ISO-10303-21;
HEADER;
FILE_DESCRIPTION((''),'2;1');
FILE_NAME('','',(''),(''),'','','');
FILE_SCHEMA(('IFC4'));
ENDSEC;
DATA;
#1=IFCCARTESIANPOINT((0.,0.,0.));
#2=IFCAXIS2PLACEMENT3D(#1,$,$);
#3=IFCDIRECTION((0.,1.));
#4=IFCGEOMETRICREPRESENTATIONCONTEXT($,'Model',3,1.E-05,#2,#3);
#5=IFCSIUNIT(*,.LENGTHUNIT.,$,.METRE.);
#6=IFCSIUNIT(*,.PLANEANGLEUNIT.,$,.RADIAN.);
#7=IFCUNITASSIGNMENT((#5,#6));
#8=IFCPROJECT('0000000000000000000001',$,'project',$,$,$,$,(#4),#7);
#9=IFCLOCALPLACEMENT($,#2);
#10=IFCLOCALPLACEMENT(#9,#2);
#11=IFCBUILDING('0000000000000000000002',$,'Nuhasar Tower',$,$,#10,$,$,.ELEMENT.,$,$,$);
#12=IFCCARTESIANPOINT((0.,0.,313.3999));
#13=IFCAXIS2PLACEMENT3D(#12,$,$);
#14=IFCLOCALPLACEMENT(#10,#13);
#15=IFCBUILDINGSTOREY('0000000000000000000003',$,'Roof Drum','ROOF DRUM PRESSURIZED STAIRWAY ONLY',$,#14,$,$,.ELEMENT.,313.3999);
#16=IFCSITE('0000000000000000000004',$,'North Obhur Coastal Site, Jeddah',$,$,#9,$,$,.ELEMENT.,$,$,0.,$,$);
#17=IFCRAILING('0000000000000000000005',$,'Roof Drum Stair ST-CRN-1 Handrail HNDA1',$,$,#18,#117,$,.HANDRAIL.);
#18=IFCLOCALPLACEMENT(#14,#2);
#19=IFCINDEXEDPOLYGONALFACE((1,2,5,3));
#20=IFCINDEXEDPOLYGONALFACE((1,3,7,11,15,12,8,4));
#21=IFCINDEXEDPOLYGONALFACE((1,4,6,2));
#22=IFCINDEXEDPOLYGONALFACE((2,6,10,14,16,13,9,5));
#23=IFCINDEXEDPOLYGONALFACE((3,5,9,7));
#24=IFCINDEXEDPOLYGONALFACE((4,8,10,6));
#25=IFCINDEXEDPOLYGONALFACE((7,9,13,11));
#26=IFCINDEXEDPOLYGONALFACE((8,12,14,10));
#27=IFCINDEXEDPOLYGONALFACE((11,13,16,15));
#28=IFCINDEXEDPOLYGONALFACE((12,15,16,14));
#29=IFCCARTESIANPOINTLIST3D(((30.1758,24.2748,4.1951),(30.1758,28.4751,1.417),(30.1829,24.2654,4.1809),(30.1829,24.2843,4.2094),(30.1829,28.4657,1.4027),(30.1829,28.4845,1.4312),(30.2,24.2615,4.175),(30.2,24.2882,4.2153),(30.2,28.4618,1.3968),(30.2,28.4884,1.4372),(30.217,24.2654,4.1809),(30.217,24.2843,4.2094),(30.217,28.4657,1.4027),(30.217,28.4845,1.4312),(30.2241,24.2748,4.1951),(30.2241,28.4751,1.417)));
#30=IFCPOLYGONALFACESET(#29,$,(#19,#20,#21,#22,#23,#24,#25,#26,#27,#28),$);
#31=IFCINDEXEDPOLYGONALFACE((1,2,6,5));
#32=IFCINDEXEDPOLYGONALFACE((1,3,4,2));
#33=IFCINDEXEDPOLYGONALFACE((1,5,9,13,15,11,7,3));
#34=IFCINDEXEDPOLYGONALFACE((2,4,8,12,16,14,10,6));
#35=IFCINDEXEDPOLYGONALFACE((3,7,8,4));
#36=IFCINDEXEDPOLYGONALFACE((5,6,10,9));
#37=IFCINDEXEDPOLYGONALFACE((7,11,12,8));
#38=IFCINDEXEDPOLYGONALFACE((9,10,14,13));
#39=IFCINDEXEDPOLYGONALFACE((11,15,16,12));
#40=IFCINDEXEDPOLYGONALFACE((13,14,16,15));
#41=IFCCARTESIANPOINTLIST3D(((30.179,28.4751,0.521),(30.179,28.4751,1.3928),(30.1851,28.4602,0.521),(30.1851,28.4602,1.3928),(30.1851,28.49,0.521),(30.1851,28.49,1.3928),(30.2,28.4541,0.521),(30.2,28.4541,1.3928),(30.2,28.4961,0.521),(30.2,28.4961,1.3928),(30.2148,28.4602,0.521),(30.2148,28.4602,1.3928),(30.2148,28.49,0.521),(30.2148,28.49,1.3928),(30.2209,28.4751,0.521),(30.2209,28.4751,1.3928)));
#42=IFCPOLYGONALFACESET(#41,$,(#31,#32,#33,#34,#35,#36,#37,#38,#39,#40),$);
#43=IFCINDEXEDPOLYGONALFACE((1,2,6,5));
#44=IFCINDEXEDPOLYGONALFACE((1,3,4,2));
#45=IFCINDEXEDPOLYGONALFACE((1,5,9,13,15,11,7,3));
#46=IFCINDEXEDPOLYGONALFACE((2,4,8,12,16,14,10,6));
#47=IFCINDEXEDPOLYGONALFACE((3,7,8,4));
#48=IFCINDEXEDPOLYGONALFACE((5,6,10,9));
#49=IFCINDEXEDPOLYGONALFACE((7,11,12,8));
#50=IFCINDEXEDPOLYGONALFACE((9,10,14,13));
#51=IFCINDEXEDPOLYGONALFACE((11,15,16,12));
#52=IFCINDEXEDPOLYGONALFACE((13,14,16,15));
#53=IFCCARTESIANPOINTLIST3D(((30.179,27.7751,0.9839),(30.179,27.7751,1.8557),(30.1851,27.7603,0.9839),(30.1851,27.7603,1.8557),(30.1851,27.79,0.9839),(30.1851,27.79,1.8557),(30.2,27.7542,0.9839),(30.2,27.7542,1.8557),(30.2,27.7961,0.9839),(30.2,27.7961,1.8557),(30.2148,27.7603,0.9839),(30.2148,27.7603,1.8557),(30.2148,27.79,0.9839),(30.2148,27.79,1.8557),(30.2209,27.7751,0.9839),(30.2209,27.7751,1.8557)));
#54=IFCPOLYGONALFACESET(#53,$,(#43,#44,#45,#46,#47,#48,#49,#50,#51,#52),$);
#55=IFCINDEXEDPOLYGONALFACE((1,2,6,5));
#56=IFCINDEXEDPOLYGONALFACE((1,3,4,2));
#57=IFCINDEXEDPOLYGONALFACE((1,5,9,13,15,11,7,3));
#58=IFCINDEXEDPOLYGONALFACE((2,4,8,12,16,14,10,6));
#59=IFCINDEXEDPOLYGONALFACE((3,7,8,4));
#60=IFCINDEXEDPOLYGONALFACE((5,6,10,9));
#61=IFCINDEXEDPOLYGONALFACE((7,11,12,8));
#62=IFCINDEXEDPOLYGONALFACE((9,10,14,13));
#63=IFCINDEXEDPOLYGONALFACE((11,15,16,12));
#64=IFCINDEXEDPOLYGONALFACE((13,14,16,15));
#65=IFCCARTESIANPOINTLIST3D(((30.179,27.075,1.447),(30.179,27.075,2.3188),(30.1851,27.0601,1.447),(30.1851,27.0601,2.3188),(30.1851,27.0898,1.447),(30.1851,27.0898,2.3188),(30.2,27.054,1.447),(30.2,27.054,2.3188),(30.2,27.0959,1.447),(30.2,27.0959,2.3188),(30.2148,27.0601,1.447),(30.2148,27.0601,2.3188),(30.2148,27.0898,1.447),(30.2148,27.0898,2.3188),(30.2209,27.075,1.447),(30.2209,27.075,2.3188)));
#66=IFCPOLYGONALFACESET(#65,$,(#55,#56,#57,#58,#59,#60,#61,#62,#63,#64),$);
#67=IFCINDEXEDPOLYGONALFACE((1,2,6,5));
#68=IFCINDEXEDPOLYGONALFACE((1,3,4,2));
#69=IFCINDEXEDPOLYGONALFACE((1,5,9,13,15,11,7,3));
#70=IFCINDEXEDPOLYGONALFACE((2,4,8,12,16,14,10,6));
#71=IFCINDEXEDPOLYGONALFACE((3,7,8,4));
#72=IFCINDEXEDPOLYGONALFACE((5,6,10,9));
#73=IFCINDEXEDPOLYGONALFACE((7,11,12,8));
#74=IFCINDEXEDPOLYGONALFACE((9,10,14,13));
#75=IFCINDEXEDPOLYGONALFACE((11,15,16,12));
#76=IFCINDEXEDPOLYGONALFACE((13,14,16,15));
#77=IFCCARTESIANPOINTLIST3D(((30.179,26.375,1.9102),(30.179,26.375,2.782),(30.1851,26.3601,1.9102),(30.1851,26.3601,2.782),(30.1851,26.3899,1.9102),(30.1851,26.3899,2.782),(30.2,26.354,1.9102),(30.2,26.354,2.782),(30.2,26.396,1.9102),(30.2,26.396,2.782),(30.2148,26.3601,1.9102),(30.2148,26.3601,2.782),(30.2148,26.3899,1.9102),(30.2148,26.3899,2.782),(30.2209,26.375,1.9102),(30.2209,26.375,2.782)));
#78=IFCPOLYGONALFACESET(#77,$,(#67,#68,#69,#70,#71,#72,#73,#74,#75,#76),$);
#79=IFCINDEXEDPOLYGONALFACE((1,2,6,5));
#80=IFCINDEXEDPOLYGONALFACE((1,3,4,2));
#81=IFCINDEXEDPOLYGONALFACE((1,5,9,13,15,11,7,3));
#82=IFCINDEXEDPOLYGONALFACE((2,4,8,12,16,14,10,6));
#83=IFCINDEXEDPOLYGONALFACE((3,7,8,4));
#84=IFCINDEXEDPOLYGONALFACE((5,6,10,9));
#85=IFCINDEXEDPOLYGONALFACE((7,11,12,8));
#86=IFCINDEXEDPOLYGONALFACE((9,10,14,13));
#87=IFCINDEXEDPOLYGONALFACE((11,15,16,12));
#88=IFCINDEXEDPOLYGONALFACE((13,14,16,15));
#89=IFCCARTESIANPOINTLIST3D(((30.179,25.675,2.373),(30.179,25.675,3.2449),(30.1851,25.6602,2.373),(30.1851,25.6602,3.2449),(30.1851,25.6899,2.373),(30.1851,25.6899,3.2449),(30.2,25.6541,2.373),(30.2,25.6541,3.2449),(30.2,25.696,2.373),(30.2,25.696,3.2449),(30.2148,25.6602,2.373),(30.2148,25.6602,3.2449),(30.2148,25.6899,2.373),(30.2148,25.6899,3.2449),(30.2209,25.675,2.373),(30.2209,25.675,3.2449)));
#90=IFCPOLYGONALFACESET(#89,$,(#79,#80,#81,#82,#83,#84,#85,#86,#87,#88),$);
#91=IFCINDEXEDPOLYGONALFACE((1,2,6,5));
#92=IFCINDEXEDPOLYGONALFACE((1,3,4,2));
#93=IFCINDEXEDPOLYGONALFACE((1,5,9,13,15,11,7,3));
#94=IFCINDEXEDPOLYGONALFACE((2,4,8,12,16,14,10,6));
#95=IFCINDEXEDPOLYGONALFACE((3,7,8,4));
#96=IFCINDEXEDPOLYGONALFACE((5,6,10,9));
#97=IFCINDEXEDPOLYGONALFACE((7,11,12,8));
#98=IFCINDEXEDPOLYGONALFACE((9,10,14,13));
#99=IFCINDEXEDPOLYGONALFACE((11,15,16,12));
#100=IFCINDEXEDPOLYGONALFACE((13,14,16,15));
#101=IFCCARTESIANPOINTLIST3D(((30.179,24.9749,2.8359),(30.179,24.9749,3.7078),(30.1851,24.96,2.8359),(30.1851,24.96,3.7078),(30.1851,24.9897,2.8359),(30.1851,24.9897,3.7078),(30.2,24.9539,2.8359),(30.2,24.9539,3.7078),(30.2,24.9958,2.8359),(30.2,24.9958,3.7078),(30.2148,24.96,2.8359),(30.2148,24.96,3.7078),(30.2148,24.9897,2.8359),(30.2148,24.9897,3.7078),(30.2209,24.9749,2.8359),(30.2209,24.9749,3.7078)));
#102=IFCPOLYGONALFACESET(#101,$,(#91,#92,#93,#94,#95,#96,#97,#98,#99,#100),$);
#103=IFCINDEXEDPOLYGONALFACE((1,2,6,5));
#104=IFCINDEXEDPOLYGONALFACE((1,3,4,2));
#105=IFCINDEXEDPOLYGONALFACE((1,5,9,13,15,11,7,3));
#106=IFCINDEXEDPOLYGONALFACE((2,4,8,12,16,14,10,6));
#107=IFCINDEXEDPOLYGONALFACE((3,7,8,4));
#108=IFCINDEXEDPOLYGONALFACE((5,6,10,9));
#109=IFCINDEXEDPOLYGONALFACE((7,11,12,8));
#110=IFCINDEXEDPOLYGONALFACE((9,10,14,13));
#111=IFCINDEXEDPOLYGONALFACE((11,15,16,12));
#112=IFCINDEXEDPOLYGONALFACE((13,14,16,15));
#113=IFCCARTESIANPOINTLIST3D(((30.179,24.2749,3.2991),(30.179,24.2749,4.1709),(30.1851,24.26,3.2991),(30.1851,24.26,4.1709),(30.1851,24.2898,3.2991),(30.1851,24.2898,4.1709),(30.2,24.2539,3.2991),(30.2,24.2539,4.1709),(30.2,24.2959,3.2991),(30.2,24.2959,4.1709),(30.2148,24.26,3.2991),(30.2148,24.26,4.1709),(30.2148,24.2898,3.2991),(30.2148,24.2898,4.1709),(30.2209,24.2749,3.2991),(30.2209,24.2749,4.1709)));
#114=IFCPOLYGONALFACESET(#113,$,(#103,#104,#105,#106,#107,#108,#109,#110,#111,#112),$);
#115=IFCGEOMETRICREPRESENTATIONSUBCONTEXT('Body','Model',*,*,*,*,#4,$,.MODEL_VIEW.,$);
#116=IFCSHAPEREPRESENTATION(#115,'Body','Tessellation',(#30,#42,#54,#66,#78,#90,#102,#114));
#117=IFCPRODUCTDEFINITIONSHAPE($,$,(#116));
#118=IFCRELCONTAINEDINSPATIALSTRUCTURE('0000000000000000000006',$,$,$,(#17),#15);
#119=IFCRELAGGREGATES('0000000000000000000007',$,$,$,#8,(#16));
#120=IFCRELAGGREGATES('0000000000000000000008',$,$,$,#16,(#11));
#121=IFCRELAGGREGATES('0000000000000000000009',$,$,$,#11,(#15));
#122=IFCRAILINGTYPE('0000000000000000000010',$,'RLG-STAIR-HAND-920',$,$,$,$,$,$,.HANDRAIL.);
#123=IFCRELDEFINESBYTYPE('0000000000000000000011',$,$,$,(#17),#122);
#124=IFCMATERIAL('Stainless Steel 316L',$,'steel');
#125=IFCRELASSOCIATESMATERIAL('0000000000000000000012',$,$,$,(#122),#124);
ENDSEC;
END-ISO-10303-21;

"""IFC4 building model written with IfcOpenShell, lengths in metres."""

from ifc_helpers import new_model, si_unit, direction, frame, origin, place, context, subcontext, project, spatial, polyline, outline, extrude, material, type_object, element, save


model = new_model("IFC4")

# Units and contexts
model_context = context("Model", 3, precision=1e-05, world=origin(), true_north=direction((0.0, 1.0)))
body_context = subcontext(model_context, "Body", "Model", "MODEL_VIEW")
ifc_project = project(units=[si_unit("LENGTHUNIT", "METRE"), si_unit("PLANEANGLEUNIT", "RADIAN")], contexts=[model_context])

# Site, building, storey
site_placement = place(None, origin())
site = spatial("IfcSite", under=ifc_project, at=site_placement, Name="North Obhur Coastal Site, Jeddah", CompositionType="ELEMENT", RefElevation=0.0)
building_placement = place(site_placement, origin())
building = spatial("IfcBuilding", under=site, at=building_placement, Name="Nuhasar Tower", CompositionType="ELEMENT")
storey_placement = place(building_placement, frame((0.0, 0.0, 313.3999)))
storey = spatial("IfcBuildingStorey", under=building, at=storey_placement, Name="Roof Drum", Description="ROOF DRUM PRESSURIZED STAIRWAY ONLY", CompositionType="ELEMENT", Elevation=313.3999)

# Railing
ifc_material_1 = material(Name="Stainless Steel 316L", Category="steel")
railing_type_1 = type_object("IfcRailingType", Name="RLG-STAIR-HAND-920", PredefinedType="HANDRAIL", material=ifc_material_1)
railing_1_placement = place(storey_placement, frame((30.2, 28.4751, 0.521)))
element("IfcRailing", 1, at=railing_1_placement, inside=storey, type_object=railing_type_1, Name="Roof Drum Stair ST-CRN-1 Handrail HNDA1", PredefinedType="HANDRAIL", context=body_context, shape_type="SweptSolid", body=[
    extrude(outline(polyline([(0.0242, 0.0), (0.0171, 0.0171), (0.0, 0.0242), (-0.0171, 0.0171), (-0.0242, 0.0), (-0.0171, -0.0171), (0.0, -0.0242), (0.0171, -0.0171), (0.0242, 0.0)])), frame((0.0, 0.0, 0.896), z_axis=(0.0, -0.834066, 0.551665), x_axis=(1.0, 0.0, 0.0)), (0.0, 0.0, 1.0), 5.0359),
    extrude(outline(polyline([(0.021, 0.0), (0.0149, 0.0149), (0.0, 0.021), (-0.0149, 0.0149), (-0.021, 0.0), (-0.0149, -0.0149), (0.0, -0.021), (0.0149, -0.0149), (0.021, 0.0)])), origin(), (0.0, 0.0, 1.0), 0.8718),
    extrude(outline(polyline([(0.021, 0.0), (0.0149, 0.0149), (0.0, 0.021), (-0.0149, 0.0149), (-0.021, 0.0), (-0.0149, -0.0149), (0.0, -0.021), (0.0149, -0.0149), (0.021, 0.0)])), frame((0.0, -0.7, 0.4629)), (0.0, 0.0, 1.0), 0.8718),
    extrude(outline(polyline([(0.021, 0.0), (0.0149, 0.0149), (0.0, 0.021), (-0.0149, 0.0149), (-0.021, 0.0), (-0.0149, -0.0149), (0.0, -0.021), (0.0149, -0.0149), (0.021, 0.0)])), frame((0.0, -1.4001, 0.926)), (0.0, 0.0, 1.0), 0.8718),
    extrude(outline(polyline([(0.021, 0.0), (0.0149, 0.0149), (0.0, 0.021), (-0.0149, 0.0149), (-0.021, 0.0), (-0.0149, -0.0149), (0.0, -0.021), (0.0149, -0.0149), (0.021, 0.0)])), frame((0.0, -2.1001, 1.3892)), (0.0, 0.0, 1.0), 0.8718),
    extrude(outline(polyline([(0.021, 0.0), (0.0149, 0.0149), (0.0, 0.021), (-0.0149, 0.0149), (-0.021, 0.0), (-0.0149, -0.0149), (0.0, -0.021), (0.0149, -0.0149), (0.021, 0.0)])), frame((0.0, -2.8, 1.8521)), (0.0, 0.0, 1.0), 0.8718),
    extrude(outline(polyline([(0.021, 0.0), (0.0149, 0.0149), (0.0, 0.021), (-0.0149, 0.0149), (-0.021, 0.0), (-0.0149, -0.0149), (0.0, -0.021), (0.0149, -0.0149), (0.021, 0.0)])), frame((0.0, -3.5002, 2.3149)), (0.0, 0.0, 1.0), 0.8718),
    extrude(outline(polyline([(0.021, 0.0), (0.0149, 0.0149), (0.0, 0.021), (-0.0149, 0.0149), (-0.021, 0.0), (-0.0149, -0.0149), (0.0, -0.021), (0.0149, -0.0149), (0.021, 0.0)])), frame((0.0, -4.2002, 2.7781)), (0.0, 0.0, 1.0), 0.8718),
])

save(model, "model.ifc")
